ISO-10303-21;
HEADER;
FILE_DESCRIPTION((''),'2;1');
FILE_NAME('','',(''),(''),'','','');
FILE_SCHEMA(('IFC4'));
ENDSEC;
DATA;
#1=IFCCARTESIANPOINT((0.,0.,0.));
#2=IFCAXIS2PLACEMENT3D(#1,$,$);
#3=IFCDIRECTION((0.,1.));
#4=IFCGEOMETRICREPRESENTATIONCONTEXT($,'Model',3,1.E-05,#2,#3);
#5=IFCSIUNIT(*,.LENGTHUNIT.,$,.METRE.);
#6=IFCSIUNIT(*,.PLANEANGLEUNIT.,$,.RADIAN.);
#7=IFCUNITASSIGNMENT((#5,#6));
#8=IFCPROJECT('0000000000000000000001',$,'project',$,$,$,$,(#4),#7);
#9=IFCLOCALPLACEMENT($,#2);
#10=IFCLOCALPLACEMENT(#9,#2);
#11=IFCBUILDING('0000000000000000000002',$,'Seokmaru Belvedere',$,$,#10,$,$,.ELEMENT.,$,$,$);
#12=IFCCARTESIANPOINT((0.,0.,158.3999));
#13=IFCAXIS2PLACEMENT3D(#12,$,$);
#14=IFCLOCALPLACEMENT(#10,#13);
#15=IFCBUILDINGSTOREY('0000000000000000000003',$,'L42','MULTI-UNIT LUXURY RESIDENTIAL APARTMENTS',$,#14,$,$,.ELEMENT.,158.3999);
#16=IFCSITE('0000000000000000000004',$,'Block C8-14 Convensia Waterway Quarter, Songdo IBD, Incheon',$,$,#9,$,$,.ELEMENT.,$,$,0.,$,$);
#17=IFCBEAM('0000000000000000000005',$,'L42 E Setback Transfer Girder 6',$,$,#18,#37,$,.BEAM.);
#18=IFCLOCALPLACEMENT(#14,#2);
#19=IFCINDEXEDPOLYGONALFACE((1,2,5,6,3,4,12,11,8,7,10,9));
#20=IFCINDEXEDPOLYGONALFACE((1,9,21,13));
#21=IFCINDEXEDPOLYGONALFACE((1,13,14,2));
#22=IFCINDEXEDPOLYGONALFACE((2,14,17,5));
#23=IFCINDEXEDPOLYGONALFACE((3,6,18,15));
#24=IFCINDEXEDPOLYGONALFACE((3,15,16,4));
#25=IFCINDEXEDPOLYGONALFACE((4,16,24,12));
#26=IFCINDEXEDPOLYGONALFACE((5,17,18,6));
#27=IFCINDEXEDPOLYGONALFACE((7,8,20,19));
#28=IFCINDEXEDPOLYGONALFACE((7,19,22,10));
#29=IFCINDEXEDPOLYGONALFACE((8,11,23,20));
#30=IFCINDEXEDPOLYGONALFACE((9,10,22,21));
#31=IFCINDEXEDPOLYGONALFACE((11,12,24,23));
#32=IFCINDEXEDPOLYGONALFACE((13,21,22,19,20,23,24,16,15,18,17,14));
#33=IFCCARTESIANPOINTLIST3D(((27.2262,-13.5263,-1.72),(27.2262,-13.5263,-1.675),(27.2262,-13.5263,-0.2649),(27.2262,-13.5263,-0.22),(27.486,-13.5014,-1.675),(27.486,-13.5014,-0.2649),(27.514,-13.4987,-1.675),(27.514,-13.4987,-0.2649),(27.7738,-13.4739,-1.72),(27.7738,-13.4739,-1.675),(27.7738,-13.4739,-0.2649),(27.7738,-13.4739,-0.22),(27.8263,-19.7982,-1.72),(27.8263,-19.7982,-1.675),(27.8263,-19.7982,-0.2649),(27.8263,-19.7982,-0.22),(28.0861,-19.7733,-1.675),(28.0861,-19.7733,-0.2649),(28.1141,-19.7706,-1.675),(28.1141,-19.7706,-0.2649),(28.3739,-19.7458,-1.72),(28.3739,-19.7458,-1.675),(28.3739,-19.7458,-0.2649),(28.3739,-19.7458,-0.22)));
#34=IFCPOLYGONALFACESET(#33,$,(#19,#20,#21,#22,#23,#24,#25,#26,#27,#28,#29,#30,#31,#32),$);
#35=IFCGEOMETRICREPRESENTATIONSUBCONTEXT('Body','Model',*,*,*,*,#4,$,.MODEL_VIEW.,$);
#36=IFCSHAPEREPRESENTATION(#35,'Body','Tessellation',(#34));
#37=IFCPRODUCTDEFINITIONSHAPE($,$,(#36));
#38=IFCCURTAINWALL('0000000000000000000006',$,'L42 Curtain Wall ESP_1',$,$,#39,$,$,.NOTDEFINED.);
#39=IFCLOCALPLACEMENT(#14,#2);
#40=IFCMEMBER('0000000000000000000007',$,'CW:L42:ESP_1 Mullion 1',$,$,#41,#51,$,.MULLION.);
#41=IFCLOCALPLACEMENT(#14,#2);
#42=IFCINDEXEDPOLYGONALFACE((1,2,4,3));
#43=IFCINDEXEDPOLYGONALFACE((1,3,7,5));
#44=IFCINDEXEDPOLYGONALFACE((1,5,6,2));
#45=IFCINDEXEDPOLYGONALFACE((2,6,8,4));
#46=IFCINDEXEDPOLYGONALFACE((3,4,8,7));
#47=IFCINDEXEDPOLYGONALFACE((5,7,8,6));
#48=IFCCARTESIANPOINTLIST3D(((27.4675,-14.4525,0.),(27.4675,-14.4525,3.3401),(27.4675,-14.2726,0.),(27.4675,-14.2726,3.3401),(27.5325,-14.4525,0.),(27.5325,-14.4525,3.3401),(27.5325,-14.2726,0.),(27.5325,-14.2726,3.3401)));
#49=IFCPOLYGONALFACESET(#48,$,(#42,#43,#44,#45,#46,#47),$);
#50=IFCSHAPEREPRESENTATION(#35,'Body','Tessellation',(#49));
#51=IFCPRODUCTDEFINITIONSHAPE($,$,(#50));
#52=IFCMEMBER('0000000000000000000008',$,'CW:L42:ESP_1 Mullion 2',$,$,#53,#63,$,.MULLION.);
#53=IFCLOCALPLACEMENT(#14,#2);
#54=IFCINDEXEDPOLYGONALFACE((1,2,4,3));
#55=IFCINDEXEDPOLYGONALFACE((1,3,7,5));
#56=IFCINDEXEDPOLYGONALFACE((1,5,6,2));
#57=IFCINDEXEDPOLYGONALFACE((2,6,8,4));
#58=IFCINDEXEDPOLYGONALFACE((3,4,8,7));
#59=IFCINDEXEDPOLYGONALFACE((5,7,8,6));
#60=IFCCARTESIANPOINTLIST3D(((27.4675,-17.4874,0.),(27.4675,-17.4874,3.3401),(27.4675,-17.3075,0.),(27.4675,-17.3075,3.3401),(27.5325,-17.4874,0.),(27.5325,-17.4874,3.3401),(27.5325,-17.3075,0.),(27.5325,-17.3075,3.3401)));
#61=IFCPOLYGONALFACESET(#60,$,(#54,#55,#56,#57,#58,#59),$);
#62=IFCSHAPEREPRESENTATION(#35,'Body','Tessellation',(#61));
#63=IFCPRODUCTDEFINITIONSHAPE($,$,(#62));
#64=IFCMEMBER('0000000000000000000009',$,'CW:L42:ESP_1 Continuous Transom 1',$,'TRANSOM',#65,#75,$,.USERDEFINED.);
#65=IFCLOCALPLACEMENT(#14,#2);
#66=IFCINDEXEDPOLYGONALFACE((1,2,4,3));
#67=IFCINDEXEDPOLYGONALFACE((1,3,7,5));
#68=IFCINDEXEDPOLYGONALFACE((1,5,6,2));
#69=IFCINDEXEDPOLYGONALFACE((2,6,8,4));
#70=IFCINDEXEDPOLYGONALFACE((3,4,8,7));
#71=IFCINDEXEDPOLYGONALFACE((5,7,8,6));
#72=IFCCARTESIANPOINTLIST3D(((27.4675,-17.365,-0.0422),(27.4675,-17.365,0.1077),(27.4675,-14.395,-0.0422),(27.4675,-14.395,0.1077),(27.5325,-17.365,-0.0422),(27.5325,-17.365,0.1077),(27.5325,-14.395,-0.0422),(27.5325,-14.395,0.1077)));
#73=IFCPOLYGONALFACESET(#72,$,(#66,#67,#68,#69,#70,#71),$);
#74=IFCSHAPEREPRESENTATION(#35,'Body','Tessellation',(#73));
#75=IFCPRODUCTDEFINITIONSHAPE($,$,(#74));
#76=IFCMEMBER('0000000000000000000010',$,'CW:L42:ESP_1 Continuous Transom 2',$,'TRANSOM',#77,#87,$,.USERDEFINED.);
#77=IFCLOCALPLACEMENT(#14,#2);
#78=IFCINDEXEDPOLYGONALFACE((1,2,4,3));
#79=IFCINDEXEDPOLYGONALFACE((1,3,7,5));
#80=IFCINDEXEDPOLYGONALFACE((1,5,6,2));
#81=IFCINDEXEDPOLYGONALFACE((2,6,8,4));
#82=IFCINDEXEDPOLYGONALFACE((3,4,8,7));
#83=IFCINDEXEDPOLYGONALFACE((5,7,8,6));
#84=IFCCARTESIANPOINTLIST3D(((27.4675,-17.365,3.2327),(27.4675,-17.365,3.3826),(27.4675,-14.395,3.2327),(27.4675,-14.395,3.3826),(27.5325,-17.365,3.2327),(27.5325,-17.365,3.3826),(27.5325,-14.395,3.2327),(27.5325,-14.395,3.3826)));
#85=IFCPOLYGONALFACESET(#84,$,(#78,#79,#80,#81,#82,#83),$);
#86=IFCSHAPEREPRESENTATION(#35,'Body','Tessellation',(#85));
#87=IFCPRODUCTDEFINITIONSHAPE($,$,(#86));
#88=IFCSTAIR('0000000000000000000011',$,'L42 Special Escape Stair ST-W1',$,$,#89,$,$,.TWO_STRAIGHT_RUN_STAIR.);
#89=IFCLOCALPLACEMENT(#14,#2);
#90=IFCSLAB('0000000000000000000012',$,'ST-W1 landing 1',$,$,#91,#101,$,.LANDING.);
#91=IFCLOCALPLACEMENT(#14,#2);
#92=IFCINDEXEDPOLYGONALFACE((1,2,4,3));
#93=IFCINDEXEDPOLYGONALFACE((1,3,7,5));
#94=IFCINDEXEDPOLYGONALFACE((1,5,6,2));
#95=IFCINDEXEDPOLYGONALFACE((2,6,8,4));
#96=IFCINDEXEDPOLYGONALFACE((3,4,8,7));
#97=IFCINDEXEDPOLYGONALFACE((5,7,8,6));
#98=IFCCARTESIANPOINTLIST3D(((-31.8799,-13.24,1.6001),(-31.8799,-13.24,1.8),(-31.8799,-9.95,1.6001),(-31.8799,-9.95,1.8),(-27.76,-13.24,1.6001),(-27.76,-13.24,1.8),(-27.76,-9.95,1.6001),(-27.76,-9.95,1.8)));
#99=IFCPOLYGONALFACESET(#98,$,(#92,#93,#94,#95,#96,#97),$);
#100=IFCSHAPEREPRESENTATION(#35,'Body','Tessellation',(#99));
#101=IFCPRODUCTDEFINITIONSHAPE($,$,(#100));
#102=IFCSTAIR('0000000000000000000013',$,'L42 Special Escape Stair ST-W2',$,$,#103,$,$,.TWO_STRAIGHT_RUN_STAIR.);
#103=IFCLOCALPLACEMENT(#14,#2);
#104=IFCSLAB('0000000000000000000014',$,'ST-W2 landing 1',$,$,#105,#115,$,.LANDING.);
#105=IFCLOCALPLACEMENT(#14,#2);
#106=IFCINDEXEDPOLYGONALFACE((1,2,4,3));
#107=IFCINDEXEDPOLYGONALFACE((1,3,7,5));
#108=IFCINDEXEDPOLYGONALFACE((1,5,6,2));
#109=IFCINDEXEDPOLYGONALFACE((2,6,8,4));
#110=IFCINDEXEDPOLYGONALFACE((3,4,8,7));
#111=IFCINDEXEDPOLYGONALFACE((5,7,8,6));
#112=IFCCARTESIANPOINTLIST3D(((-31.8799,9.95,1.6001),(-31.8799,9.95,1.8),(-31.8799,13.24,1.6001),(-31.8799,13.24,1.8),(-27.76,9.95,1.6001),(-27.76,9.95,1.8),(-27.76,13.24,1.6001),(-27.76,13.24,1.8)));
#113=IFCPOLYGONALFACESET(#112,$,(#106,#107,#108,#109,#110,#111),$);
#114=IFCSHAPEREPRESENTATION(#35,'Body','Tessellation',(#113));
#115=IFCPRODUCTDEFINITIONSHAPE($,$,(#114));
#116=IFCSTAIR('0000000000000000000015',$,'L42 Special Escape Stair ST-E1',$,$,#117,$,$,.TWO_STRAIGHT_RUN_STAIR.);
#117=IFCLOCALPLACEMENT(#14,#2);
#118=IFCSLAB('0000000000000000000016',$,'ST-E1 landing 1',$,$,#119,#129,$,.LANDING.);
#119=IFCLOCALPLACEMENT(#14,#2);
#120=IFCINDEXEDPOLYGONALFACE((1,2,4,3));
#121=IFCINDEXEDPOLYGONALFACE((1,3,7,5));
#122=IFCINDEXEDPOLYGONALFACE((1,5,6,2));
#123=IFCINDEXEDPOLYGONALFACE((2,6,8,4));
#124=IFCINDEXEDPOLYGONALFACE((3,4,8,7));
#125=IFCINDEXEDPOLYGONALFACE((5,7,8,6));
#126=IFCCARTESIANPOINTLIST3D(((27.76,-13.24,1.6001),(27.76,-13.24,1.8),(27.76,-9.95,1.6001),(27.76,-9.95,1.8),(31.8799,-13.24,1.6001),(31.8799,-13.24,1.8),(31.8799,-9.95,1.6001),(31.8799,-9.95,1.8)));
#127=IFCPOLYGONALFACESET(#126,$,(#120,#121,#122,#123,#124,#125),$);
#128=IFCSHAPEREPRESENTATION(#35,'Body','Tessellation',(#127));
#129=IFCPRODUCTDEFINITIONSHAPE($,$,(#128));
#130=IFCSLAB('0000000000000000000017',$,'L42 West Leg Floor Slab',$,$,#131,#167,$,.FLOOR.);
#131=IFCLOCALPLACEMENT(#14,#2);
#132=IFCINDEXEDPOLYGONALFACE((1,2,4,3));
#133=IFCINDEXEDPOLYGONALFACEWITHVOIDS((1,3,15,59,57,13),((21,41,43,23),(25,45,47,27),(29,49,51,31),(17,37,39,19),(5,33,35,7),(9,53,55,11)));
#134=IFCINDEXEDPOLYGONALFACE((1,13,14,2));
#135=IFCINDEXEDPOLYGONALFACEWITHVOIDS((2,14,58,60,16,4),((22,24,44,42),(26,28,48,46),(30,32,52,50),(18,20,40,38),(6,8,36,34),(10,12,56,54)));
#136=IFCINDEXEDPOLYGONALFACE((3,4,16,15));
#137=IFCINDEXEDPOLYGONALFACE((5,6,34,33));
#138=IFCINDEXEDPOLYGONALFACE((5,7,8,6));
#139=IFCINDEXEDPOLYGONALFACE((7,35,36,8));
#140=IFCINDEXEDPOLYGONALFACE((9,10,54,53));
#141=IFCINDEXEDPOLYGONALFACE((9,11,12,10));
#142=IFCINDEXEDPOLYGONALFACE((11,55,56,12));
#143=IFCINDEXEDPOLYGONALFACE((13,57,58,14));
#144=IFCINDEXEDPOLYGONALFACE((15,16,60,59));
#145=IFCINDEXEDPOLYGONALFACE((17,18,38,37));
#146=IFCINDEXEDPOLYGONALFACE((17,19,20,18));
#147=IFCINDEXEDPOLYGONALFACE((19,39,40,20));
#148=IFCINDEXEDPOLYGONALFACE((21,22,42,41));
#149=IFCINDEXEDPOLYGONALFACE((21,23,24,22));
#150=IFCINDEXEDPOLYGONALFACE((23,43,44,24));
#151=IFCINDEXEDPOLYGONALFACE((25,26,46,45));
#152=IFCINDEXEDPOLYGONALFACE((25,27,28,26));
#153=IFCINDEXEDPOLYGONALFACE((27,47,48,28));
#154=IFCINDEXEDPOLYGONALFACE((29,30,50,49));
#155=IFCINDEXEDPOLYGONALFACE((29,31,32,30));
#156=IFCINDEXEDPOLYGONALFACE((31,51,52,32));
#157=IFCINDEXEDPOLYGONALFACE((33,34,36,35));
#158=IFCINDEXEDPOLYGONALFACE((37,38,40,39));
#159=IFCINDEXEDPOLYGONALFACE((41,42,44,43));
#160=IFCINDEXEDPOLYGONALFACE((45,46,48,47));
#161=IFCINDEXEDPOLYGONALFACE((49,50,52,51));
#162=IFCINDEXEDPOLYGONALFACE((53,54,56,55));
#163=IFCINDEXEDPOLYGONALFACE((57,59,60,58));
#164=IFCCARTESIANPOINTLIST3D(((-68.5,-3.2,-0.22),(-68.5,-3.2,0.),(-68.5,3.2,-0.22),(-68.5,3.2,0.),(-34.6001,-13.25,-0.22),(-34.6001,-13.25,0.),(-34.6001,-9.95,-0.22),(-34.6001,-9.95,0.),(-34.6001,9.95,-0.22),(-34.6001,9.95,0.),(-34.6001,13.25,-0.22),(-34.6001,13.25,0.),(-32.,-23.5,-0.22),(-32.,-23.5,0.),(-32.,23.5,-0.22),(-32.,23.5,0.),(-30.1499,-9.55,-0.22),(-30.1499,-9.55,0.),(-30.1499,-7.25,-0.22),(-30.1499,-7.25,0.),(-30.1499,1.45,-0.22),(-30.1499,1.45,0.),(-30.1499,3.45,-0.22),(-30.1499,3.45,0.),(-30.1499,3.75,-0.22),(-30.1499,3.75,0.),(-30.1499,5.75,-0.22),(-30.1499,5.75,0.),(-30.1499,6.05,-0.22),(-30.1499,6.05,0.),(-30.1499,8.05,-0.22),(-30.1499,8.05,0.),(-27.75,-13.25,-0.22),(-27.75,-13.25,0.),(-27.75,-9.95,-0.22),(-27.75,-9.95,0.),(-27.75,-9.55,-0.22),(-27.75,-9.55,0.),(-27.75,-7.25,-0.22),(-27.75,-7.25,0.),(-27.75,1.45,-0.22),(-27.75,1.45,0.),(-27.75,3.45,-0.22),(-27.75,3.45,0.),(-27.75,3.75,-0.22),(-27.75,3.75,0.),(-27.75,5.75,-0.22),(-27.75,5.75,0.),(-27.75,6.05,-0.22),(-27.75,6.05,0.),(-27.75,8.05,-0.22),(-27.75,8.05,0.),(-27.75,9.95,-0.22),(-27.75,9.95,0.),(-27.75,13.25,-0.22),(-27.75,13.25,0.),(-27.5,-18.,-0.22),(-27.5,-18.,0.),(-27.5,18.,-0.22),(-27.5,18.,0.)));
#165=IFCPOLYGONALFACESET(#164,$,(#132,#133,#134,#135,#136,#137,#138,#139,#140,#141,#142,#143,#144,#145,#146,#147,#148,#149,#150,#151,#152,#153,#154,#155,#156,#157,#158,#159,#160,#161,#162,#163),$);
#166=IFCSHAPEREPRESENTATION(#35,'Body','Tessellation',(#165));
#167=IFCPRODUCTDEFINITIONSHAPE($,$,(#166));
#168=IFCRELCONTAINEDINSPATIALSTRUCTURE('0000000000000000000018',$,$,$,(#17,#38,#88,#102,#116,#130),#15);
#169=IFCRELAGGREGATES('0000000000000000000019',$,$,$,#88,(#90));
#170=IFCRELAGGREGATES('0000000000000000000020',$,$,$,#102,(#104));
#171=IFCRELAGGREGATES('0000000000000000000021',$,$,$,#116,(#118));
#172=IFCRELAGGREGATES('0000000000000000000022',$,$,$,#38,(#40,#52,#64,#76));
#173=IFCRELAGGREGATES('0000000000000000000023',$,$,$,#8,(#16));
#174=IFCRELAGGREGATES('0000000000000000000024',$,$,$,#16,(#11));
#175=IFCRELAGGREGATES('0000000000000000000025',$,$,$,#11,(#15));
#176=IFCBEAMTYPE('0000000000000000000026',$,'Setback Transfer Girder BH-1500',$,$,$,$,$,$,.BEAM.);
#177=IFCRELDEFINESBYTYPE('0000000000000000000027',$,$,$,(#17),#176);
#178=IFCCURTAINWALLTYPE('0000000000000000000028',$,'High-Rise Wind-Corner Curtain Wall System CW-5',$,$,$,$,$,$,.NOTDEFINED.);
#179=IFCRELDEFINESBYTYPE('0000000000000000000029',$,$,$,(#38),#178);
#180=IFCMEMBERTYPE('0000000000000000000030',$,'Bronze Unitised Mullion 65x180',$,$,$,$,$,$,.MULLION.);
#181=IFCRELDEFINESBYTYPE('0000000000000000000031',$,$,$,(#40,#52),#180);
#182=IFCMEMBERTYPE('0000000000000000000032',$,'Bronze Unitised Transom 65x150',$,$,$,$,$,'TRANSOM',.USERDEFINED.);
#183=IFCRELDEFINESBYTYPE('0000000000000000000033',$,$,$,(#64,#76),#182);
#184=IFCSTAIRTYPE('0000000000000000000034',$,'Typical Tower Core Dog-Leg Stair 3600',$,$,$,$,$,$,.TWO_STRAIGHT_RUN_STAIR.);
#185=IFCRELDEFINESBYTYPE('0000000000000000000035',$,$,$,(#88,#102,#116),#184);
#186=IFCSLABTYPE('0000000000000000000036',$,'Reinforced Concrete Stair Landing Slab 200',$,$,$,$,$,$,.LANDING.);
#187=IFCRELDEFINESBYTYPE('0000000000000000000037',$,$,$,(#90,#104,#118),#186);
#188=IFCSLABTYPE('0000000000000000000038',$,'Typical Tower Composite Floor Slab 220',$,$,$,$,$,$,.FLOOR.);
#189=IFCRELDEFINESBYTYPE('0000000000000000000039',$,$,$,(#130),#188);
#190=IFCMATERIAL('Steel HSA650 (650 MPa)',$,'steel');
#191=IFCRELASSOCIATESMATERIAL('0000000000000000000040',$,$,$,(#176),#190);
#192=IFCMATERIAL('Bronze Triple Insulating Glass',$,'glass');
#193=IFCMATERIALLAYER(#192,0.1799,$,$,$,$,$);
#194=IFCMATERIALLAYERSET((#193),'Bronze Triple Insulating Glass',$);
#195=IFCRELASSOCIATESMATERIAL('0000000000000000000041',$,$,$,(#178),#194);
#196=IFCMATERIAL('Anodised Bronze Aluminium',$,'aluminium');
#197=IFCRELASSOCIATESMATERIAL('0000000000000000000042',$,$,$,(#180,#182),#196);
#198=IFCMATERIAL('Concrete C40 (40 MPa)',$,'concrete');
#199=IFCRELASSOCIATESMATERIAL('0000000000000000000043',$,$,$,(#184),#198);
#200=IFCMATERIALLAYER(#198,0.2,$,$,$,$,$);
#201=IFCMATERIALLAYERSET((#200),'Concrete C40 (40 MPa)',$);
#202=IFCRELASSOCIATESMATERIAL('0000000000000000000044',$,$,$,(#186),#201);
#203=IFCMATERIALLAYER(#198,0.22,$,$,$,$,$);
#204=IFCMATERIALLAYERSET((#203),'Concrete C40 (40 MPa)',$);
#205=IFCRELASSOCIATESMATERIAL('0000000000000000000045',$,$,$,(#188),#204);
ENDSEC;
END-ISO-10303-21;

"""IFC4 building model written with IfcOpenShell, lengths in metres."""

from ifc_helpers import new_model, si_unit, direction, frame, origin, origin_2d, place, context, subcontext, project, spatial, polyline, rectangle, i_section, outline, extrude, source, transform, mapped, material, layer, layer_set, material_profile, profile_set, type_object, type_shapes, element, aggregate, save


model = new_model("IFC4")

# Units and contexts
model_context = context("Model", 3, precision=1e-05, world=origin(), true_north=direction((0.0, 1.0)))
body_context = subcontext(model_context, "Body", "Model", "MODEL_VIEW")
ifc_project = project(units=[si_unit("LENGTHUNIT", "METRE"), si_unit("PLANEANGLEUNIT", "RADIAN")], contexts=[model_context])

# Site, building, storey
site_placement = place(None, origin())
site = spatial("IfcSite", under=ifc_project, at=site_placement, Name="Block C8-14 Convensia Waterway Quarter, Songdo IBD, Incheon", CompositionType="ELEMENT", RefElevation=0.0)
building_placement = place(site_placement, origin())
building = spatial("IfcBuilding", under=site, at=building_placement, Name="Seokmaru Belvedere", CompositionType="ELEMENT")
storey_placement = place(building_placement, frame((0.0, 0.0, 158.3999)))
storey = spatial("IfcBuildingStorey", under=building, at=storey_placement, Name="L42", Description="MULTI-UNIT LUXURY RESIDENTIAL APARTMENTS", CompositionType="ELEMENT", Elevation=158.3999)

# Shared definitions
ifc_material_1 = material(Name="Steel HSA650 (650 MPa)", Category="steel")

# Beam
ifc_material_profile_1 = material_profile(ifc_material_1, i_section(OverallWidth=0.55, OverallDepth=1.5, WebThickness=0.0281, FlangeThickness=0.0449, at=origin_2d()), Name="BH-1500x550x28x45")
ifc_profile_set_1 = profile_set([ifc_material_profile_1], Name="Steel HSA650 (650 MPa)")
beam_type_1 = type_object("IfcBeamType", Name="Setback Transfer Girder BH-1500", PredefinedType="BEAM", material=ifc_profile_set_1)
shared_shape_1 = source(origin(), body_context, "Body", "SweptSolid", [
    extrude(i_section(OverallWidth=0.55, OverallDepth=1.5, WebThickness=0.0281, FlangeThickness=0.0449, at=origin_2d()), origin(), (0.0, 0.0, 1.0), 6.3005),
])
beam_1_placement = place(storey_placement, frame((28.1001, -19.772, -0.97), z_axis=(-0.095244, 0.995454, 0.0), x_axis=(-0.995454, -0.095244, 0.0)))
element("IfcBeam", 1, at=beam_1_placement, inside=storey, type_object=beam_type_1, Name="L42 E Setback Transfer Girder 6", PredefinedType="BEAM", context=body_context, shape_type="MappedRepresentation", body=[
    mapped(shared_shape_1, transform((0.0, 0.0, 0.0), scale=1.0)),
])

# Curtain wall, members
ifc_material_2 = material(Name="Bronze Triple Insulating Glass", Category="glass")
ifc_layer_1 = layer(ifc_material_2, 0.1799)
ifc_layer_set_1 = layer_set([ifc_layer_1], Name="Bronze Triple Insulating Glass")
curtain_wall_type = type_object("IfcCurtainWallType", Name="High-Rise Wind-Corner Curtain Wall System CW-5", PredefinedType="NOTDEFINED", material=ifc_layer_set_1)
curtain_wall_placement = place(storey_placement, origin())
curtain_wall = element("IfcCurtainWall", 2, at=curtain_wall_placement, inside=storey, type_object=curtain_wall_type, Name="L42 Curtain Wall ESP_1", PredefinedType="NOTDEFINED")
ifc_material_3 = material(Name="Anodised Bronze Aluminium", Category="aluminium")
ifc_material_profile_2 = material_profile(ifc_material_3, rectangle(XDim=0.0649, YDim=0.1799, at=origin_2d()), Name="CW-M-65x180")
ifc_profile_set_2 = profile_set([ifc_material_profile_2], Name="Anodised Bronze Aluminium")
member_type_1 = type_object("IfcMemberType", Name="Bronze Unitised Mullion 65x180", PredefinedType="MULLION", material=ifc_profile_set_2)
shared_shape_2 = source(origin(), body_context, "Body", "SweptSolid", [
    extrude(rectangle(XDim=0.0649, YDim=0.1799, at=origin_2d()), origin(), (0.0, 0.0, 1.0), 3.3401),
])
type_shapes(member_type_1, [shared_shape_2])
member_1_placement = place(storey_placement, frame((27.5, -14.3625, 0.0), z_axis=(0.0, 0.0, 1.0), x_axis=(1.0, 0.0, 0.0)))
member_1 = element("IfcMember", 3, at=member_1_placement, type_object=member_type_1, Name="CW:L42:ESP_1 Mullion 1", PredefinedType="MULLION", context=body_context, shape_type="MappedRepresentation", body=[
    mapped(shared_shape_2, transform((0.0, 0.0, 0.0), scale=1.0)),
])
member_2_placement = place(storey_placement, frame((27.5, -17.3975, 0.0), z_axis=(0.0, 0.0, 1.0), x_axis=(1.0, 0.0, 0.0)))
member_2 = element("IfcMember", 4, at=member_2_placement, type_object=member_type_1, Name="CW:L42:ESP_1 Mullion 2", PredefinedType="MULLION", context=body_context, shape_type="MappedRepresentation", body=[
    mapped(shared_shape_2, transform((0.0, 0.0, 0.0), scale=1.0)),
])
ifc_material_profile_3 = material_profile(ifc_material_3, rectangle(XDim=0.0649, YDim=0.1499, at=origin_2d()), Name="CW-T-65x150")
ifc_profile_set_3 = profile_set([ifc_material_profile_3], Name="Anodised Bronze Aluminium")
member_type_2 = type_object("IfcMemberType", Name="Bronze Unitised Transom 65x150", ElementType="TRANSOM", PredefinedType="USERDEFINED", material=ifc_profile_set_3)
shared_shape_3 = source(origin(), body_context, "Body", "SweptSolid", [
    extrude(rectangle(XDim=0.0649, YDim=0.1499, at=origin_2d()), origin(), (0.0, 0.0, 1.0), 2.97),
])
type_shapes(member_type_2, [shared_shape_3])
member_3_placement = place(storey_placement, frame((27.5, -14.395, 0.0327), z_axis=(0.0, -1.0, 0.0), x_axis=(1.0, 0.0, 0.0)))
member_3 = element("IfcMember", 5, at=member_3_placement, type_object=member_type_2, Name="CW:L42:ESP_1 Continuous Transom 1", ObjectType="TRANSOM", PredefinedType="USERDEFINED", context=body_context, shape_type="MappedRepresentation", body=[
    mapped(shared_shape_3, transform((0.0, 0.0, 0.0), scale=1.0)),
])
member_4_placement = place(storey_placement, frame((27.5, -14.395, 3.3076), z_axis=(0.0, -1.0, 0.0), x_axis=(1.0, 0.0, 0.0)))
member_4 = element("IfcMember", 6, at=member_4_placement, type_object=member_type_2, Name="CW:L42:ESP_1 Continuous Transom 2", ObjectType="TRANSOM", PredefinedType="USERDEFINED", context=body_context, shape_type="MappedRepresentation", body=[
    mapped(shared_shape_3, transform((0.0, 0.0, 0.0), scale=1.0)),
])

# Stairs, slabs
ifc_material_4 = material(Name="Concrete C40 (40 MPa)", Category="concrete")
stair_type = type_object("IfcStairType", Name="Typical Tower Core Dog-Leg Stair 3600", PredefinedType="TWO_STRAIGHT_RUN_STAIR", material=ifc_material_4)
stair_1_placement = place(storey_placement, origin())
stair_1 = element("IfcStair", 7, at=stair_1_placement, inside=storey, type_object=stair_type, Name="L42 Special Escape Stair ST-W1", PredefinedType="TWO_STRAIGHT_RUN_STAIR")
ifc_layer_2 = layer(ifc_material_4, 0.2)
ifc_layer_set_2 = layer_set([ifc_layer_2], Name="Concrete C40 (40 MPa)")
slab_type_1 = type_object("IfcSlabType", Name="Reinforced Concrete Stair Landing Slab 200", PredefinedType="LANDING", material=ifc_layer_set_2)
slab_1_placement = place(storey_placement, frame((0.0, 0.0, 1.6001)))
slab_1 = element("IfcSlab", 8, at=slab_1_placement, type_object=slab_type_1, Name="ST-W1 landing 1", PredefinedType="LANDING", context=body_context, shape_type="SweptSolid", body=[
    extrude(outline(polyline([(-31.8799, -13.24), (-27.76, -13.24), (-27.76, -9.95), (-31.8799, -9.95), (-31.8799, -13.24)])), origin(), (0.0, 0.0, 1.0), 0.2),
])
aggregate(stair_1, [slab_1])
stair_2_placement = place(storey_placement, origin())
stair_2 = element("IfcStair", 9, at=stair_2_placement, inside=storey, type_object=stair_type, Name="L42 Special Escape Stair ST-W2", PredefinedType="TWO_STRAIGHT_RUN_STAIR")
slab_2_placement = place(storey_placement, frame((0.0, 0.0, 1.6001)))
slab_2 = element("IfcSlab", 10, at=slab_2_placement, type_object=slab_type_1, Name="ST-W2 landing 1", PredefinedType="LANDING", context=body_context, shape_type="SweptSolid", body=[
    extrude(outline(polyline([(-31.8799, 9.95), (-27.76, 9.95), (-27.76, 13.24), (-31.8799, 13.24), (-31.8799, 9.95)])), origin(), (0.0, 0.0, 1.0), 0.2),
])
aggregate(stair_2, [slab_2])
stair_3_placement = place(storey_placement, origin())
stair_3 = element("IfcStair", 11, at=stair_3_placement, inside=storey, type_object=stair_type, Name="L42 Special Escape Stair ST-E1", PredefinedType="TWO_STRAIGHT_RUN_STAIR")
slab_3_placement = place(storey_placement, frame((0.0, 0.0, 1.6001)))
slab_3 = element("IfcSlab", 12, at=slab_3_placement, type_object=slab_type_1, Name="ST-E1 landing 1", PredefinedType="LANDING", context=body_context, shape_type="SweptSolid", body=[
    extrude(outline(polyline([(27.76, -13.24), (31.8799, -13.24), (31.8799, -9.95), (27.76, -9.95), (27.76, -13.24)])), origin(), (0.0, 0.0, 1.0), 0.2),
])
aggregate(stair_3, [slab_3])

# Slab
ifc_layer_3 = layer(ifc_material_4, 0.22)
ifc_layer_set_3 = layer_set([ifc_layer_3], Name="Concrete C40 (40 MPa)")
slab_type_2 = type_object("IfcSlabType", Name="Typical Tower Composite Floor Slab 220", PredefinedType="FLOOR", material=ifc_layer_set_3)
slab_4_placement = place(storey_placement, frame((0.0, 0.0, -0.22)))
element("IfcSlab", 13, at=slab_4_placement, inside=storey, type_object=slab_type_2, Name="L42 West Leg Floor Slab", PredefinedType="FLOOR", context=body_context, shape_type="SweptSolid", body=[
    extrude(outline(polyline([(-27.5, -18.0), (-27.5, 18.0), (-32.0, 23.5), (-68.5, 3.2), (-68.5, -3.2), (-32.0, -23.5), (-27.5, -18.0)]), holes=[polyline([(-34.6001, -13.25), (-27.75, -13.25), (-27.75, -9.95), (-34.6001, -9.95), (-34.6001, -13.25)]), polyline([(-34.6001, 9.95), (-27.75, 9.95), (-27.75, 13.25), (-34.6001, 13.25), (-34.6001, 9.95)]), polyline([(-30.1499, -9.55), (-27.75, -9.55), (-27.75, -7.25), (-30.1499, -7.25), (-30.1499, -9.55)]), polyline([(-30.1499, 1.45), (-27.75, 1.45), (-27.75, 3.45), (-30.1499, 3.45), (-30.1499, 1.45)]), polyline([(-30.1499, 3.75), (-27.75, 3.75), (-27.75, 5.75), (-30.1499, 5.75), (-30.1499, 3.75)]), polyline([(-30.1499, 6.05), (-27.75, 6.05), (-27.75, 8.05), (-30.1499, 8.05), (-30.1499, 6.05)])]), origin(), (0.0, 0.0, 1.0), 0.22),
])

aggregate(curtain_wall, [member_1, member_2, member_3, member_4])

save(model, "model.ifc")
